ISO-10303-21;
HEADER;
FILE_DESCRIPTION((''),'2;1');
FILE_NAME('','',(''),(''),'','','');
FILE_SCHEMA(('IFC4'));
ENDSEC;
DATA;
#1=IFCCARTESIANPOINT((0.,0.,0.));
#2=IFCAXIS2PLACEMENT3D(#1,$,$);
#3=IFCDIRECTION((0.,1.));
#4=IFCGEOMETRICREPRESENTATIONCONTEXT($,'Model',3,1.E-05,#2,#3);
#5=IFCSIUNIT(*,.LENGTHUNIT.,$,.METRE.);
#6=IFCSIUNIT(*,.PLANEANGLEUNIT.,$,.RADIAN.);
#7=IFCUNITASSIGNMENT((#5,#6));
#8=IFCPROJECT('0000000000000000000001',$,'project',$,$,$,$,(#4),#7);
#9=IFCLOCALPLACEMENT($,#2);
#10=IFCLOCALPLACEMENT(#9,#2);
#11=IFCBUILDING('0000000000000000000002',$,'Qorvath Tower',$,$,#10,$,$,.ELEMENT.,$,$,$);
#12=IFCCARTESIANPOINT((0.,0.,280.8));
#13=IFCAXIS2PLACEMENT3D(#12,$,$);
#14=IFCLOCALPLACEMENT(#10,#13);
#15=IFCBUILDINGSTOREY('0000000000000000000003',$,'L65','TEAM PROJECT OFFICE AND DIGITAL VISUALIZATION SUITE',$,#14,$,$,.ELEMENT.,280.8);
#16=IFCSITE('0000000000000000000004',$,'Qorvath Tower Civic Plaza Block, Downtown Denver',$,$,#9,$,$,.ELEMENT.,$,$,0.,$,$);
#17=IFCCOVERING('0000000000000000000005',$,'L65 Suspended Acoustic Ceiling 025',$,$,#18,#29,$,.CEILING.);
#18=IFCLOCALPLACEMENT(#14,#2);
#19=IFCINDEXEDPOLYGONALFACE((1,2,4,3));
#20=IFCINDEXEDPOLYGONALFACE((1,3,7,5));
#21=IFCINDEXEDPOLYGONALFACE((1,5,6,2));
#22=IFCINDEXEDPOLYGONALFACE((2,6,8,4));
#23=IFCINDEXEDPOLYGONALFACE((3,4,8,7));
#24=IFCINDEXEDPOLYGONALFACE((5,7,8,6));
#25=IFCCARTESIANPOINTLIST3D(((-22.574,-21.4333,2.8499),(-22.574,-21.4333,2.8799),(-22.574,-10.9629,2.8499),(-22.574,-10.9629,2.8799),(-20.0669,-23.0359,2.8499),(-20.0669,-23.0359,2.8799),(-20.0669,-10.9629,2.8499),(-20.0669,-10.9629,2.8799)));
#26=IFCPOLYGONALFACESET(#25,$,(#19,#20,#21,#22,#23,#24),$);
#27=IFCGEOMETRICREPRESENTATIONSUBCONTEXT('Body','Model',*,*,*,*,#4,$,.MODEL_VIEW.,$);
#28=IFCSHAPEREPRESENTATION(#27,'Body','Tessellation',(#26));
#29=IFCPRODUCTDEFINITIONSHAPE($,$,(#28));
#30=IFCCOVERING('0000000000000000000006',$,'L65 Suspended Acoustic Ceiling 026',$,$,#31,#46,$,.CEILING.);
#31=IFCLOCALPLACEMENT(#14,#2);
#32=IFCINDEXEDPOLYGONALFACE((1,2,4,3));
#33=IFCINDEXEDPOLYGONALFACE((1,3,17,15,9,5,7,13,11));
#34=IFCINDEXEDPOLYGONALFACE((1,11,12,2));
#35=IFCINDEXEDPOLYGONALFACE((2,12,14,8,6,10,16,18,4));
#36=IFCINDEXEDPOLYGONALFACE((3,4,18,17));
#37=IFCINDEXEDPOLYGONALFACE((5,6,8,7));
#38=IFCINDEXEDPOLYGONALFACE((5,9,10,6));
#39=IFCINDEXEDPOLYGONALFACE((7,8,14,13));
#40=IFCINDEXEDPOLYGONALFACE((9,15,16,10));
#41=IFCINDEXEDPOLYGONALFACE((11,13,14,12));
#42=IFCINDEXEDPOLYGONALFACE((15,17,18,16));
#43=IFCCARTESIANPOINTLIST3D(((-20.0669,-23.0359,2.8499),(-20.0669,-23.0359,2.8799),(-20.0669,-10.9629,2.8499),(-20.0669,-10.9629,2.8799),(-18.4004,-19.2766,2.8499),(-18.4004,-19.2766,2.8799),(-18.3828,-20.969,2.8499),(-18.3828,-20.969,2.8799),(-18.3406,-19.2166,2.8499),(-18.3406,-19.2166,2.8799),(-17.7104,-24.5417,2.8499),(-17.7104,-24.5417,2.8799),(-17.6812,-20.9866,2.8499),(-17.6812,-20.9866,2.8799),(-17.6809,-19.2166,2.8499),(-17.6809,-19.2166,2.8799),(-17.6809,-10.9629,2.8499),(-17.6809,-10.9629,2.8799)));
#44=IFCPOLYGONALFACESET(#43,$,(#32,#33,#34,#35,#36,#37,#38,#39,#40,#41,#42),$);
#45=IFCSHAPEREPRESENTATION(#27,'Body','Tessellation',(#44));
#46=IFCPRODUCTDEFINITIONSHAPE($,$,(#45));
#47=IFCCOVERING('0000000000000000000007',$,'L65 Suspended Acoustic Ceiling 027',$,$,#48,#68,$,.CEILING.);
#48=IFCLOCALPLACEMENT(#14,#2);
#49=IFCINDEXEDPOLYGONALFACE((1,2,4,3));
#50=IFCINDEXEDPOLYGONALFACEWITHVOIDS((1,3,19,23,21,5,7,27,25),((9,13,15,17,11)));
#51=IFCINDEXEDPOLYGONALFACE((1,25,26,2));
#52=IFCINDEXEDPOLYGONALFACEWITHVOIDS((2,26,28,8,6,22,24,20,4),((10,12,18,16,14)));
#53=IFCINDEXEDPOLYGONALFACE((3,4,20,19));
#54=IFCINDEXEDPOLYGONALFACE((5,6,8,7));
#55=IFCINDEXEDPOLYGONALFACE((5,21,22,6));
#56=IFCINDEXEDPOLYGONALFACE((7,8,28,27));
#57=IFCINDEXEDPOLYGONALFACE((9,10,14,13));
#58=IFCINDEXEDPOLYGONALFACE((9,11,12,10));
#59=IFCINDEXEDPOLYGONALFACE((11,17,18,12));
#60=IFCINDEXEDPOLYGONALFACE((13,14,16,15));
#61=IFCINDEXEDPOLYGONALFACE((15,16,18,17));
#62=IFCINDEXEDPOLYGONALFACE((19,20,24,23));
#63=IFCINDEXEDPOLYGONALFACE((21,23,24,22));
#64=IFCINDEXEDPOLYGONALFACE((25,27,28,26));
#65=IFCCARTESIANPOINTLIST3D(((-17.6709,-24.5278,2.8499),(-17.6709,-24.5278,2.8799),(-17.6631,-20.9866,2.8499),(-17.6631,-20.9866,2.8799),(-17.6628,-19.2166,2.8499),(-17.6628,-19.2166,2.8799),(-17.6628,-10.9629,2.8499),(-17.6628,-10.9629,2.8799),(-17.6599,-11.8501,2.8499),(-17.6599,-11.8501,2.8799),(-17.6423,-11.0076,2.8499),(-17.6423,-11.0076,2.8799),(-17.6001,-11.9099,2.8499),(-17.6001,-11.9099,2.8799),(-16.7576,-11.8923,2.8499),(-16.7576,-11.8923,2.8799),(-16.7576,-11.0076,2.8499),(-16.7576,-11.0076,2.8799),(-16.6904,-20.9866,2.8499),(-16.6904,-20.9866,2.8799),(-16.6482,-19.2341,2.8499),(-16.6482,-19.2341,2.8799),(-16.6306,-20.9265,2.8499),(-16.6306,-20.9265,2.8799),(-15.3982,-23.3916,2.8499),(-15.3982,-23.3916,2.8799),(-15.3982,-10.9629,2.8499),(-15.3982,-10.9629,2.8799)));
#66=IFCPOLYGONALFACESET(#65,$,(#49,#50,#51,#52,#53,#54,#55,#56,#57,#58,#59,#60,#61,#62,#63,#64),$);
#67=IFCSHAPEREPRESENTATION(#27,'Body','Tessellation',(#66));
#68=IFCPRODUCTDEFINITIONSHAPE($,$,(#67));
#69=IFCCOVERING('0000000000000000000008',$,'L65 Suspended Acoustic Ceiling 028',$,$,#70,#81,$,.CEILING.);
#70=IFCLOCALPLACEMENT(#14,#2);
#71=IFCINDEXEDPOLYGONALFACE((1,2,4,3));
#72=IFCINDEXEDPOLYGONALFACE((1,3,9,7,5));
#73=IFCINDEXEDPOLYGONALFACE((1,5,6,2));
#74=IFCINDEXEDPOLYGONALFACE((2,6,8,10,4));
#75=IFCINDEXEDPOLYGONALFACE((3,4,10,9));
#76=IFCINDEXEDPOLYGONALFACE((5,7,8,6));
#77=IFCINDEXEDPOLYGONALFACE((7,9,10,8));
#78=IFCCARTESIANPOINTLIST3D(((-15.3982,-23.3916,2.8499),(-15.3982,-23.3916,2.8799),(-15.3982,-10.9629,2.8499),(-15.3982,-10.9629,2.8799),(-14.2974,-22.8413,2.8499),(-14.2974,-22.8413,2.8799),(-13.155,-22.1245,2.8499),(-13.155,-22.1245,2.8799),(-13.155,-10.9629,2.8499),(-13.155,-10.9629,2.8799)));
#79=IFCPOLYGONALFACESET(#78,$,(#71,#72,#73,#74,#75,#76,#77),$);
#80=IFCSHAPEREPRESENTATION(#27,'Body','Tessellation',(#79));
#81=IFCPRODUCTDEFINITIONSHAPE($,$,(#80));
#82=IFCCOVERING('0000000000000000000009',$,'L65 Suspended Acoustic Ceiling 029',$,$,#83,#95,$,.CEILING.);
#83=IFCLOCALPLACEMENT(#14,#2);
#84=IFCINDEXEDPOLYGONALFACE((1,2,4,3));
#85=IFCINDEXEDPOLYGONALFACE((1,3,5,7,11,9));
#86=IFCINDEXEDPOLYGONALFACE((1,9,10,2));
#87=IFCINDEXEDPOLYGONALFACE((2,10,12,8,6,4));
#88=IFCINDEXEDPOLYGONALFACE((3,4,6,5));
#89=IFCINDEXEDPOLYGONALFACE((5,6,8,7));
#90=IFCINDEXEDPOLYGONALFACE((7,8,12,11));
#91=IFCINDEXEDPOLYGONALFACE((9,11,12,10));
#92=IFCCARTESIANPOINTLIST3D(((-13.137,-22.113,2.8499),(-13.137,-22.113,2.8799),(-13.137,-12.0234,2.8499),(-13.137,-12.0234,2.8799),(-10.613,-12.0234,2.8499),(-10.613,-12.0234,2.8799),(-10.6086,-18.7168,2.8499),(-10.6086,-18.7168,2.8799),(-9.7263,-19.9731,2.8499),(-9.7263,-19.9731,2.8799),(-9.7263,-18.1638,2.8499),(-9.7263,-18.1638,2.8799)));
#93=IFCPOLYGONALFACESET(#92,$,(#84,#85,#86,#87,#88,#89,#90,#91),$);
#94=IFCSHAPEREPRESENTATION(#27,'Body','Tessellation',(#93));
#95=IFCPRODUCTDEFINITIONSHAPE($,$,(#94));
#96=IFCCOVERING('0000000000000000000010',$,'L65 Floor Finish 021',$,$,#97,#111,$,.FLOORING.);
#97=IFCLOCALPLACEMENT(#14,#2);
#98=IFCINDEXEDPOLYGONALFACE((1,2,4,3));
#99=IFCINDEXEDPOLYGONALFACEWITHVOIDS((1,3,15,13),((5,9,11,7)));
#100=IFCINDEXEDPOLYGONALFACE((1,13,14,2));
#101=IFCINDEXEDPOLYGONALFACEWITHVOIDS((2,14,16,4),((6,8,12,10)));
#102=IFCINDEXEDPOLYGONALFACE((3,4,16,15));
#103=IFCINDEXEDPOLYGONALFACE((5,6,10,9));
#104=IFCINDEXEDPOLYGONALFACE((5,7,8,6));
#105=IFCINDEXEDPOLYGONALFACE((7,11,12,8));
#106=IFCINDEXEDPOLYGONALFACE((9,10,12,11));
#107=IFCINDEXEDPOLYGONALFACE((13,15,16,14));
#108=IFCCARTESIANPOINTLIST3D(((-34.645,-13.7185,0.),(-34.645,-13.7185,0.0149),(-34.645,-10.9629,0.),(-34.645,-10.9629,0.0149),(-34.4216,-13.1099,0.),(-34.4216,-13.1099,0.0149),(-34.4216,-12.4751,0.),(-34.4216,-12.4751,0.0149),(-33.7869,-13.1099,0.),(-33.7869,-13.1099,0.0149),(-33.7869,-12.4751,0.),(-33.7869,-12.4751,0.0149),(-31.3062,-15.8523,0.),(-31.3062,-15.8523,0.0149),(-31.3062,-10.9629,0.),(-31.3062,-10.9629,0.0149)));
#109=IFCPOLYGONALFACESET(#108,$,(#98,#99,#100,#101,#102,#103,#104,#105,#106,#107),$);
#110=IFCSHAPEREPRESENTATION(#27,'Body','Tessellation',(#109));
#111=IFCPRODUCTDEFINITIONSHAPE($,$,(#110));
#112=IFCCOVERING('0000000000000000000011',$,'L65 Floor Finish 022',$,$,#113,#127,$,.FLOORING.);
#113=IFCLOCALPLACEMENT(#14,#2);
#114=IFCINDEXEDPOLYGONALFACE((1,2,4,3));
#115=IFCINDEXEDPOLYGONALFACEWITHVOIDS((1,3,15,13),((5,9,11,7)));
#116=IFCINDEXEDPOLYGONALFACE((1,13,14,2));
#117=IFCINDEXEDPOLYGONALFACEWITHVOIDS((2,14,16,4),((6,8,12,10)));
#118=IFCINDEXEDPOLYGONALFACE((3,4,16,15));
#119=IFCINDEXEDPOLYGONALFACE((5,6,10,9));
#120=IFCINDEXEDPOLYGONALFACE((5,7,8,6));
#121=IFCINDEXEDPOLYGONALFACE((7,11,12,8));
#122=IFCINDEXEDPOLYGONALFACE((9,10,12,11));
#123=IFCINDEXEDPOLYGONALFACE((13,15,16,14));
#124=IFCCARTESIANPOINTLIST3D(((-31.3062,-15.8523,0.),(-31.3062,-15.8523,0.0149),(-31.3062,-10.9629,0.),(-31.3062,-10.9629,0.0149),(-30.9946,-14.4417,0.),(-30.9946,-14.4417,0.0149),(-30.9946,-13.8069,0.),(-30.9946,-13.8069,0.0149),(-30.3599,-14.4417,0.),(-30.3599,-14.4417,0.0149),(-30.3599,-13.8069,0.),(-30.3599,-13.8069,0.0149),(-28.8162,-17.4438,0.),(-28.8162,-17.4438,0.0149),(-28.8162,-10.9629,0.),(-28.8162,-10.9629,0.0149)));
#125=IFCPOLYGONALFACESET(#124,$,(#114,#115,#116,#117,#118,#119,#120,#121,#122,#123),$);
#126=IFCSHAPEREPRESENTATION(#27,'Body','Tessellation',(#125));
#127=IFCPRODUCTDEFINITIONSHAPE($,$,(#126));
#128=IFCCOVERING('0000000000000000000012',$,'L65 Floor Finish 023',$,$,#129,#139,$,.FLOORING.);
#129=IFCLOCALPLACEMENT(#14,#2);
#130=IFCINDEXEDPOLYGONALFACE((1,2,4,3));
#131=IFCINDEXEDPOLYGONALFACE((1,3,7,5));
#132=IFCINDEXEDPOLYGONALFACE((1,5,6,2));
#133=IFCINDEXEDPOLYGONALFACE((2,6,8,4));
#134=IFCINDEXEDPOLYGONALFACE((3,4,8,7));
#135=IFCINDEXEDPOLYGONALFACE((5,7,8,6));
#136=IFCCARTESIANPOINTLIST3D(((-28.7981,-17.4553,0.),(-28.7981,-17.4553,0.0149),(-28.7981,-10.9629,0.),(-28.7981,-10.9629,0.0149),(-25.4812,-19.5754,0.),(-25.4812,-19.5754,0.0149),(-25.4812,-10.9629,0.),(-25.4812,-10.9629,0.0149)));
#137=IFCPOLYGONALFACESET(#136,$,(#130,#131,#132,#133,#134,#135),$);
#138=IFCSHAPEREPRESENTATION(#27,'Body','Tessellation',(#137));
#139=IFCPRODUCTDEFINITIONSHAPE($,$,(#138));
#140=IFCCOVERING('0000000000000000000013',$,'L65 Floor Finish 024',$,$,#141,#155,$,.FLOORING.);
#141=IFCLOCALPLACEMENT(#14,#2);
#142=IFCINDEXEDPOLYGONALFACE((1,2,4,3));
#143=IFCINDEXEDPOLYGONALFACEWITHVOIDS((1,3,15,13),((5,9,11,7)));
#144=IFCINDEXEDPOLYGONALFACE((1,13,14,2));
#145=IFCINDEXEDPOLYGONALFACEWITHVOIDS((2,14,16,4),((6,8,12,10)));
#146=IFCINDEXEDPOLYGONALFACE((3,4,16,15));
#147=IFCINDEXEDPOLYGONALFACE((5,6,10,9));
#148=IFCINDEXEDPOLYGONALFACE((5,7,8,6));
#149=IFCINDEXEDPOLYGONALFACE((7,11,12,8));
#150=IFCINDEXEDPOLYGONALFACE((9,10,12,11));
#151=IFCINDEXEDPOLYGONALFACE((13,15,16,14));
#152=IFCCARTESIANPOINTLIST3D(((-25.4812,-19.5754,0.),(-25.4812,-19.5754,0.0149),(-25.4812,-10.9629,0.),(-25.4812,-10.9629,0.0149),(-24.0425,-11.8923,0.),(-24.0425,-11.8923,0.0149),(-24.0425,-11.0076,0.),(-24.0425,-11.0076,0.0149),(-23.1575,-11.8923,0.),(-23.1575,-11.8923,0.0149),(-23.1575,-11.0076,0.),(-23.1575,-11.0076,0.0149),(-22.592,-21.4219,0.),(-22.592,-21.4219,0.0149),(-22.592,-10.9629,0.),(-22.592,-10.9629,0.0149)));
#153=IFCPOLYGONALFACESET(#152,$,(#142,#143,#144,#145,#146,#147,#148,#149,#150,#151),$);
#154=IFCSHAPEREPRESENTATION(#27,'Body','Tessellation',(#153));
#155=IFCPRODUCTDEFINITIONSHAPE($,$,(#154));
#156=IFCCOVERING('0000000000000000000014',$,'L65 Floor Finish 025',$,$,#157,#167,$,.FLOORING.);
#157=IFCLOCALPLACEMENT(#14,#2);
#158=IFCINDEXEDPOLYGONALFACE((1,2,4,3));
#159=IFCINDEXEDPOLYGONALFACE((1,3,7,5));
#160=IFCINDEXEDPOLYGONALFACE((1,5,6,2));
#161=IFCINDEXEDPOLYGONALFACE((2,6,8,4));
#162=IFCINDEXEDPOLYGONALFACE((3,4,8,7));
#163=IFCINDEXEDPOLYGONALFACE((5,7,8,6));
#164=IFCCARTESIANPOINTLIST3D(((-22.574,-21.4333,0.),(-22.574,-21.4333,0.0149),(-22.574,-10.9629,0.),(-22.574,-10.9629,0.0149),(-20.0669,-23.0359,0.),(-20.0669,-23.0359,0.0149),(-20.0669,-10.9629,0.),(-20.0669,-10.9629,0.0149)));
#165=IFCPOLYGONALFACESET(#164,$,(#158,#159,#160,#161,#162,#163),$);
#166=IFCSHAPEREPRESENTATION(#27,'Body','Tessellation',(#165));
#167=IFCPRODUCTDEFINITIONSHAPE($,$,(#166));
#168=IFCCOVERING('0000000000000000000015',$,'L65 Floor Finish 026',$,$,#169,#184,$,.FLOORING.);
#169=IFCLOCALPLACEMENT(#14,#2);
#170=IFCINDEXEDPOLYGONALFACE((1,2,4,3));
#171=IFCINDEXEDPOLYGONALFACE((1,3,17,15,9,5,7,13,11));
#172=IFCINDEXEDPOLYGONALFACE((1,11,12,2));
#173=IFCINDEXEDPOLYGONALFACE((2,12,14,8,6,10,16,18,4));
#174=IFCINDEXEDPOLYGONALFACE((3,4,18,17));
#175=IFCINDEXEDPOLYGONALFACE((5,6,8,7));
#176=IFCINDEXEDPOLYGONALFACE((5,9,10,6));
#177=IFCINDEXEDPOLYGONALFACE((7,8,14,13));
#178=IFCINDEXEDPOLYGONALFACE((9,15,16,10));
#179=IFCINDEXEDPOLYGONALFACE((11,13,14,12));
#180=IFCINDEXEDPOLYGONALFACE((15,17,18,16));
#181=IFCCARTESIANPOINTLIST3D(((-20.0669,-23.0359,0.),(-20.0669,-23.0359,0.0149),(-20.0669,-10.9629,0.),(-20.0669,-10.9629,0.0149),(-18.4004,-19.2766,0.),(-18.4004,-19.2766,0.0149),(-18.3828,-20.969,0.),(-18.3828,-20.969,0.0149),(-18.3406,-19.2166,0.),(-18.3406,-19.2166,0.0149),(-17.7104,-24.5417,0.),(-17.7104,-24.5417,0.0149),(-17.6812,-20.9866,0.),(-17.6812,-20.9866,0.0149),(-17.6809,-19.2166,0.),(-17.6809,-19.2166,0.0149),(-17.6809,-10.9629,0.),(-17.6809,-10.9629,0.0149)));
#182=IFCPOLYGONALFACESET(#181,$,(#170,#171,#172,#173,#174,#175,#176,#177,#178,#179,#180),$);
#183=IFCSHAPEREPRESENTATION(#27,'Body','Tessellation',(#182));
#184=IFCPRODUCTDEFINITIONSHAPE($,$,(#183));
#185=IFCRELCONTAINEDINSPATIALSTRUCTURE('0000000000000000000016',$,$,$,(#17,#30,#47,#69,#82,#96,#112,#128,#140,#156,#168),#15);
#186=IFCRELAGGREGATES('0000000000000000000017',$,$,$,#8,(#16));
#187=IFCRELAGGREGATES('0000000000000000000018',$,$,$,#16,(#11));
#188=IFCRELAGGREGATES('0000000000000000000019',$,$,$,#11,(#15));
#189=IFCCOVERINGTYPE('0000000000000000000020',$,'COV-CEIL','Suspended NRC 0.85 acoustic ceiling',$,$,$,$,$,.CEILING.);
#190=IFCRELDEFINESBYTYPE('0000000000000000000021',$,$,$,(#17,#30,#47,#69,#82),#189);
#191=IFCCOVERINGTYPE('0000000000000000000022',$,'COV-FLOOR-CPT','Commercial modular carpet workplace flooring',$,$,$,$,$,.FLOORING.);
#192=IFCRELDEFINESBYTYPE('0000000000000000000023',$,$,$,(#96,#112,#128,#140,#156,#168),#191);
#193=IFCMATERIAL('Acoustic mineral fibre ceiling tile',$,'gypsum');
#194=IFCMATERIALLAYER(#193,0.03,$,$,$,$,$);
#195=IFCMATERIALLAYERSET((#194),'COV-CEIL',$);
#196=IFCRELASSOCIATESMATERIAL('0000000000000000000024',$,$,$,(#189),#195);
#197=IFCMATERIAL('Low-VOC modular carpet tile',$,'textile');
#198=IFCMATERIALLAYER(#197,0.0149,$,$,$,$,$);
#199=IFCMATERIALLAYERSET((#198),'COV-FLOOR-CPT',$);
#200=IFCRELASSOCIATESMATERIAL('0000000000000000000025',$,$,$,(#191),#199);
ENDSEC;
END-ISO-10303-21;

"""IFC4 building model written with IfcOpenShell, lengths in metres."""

from ifc_helpers import new_model, si_unit, direction, frame, origin, place, context, subcontext, project, spatial, polyline, outline, extrude, material, layer, layer_set, type_object, element, save


model = new_model("IFC4")

# Units and contexts
model_context = context("Model", 3, precision=1e-05, world=origin(), true_north=direction((0.0, 1.0)))
body_context = subcontext(model_context, "Body", "Model", "MODEL_VIEW")
ifc_project = project(units=[si_unit("LENGTHUNIT", "METRE"), si_unit("PLANEANGLEUNIT", "RADIAN")], contexts=[model_context])

# Site, building, storey
site_placement = place(None, origin())
site = spatial("IfcSite", under=ifc_project, at=site_placement, Name="Qorvath Tower Civic Plaza Block, Downtown Denver", CompositionType="ELEMENT", RefElevation=0.0)
building_placement = place(site_placement, origin())
building = spatial("IfcBuilding", under=site, at=building_placement, Name="Qorvath Tower", CompositionType="ELEMENT")
storey_placement = place(building_placement, frame((0.0, 0.0, 280.8)))
storey = spatial("IfcBuildingStorey", under=building, at=storey_placement, Name="L65", Description="TEAM PROJECT OFFICE AND DIGITAL VISUALIZATION SUITE", CompositionType="ELEMENT", Elevation=280.8)

# Coverings
ifc_material_1 = material(Name="Acoustic mineral fibre ceiling tile", Category="gypsum")
ifc_layer_1 = layer(ifc_material_1, 0.03)
ifc_layer_set_1 = layer_set([ifc_layer_1], Name="COV-CEIL")
covering_type_1 = type_object("IfcCoveringType", Name="COV-CEIL", Description="Suspended NRC 0.85 acoustic ceiling", PredefinedType="CEILING", material=ifc_layer_set_1)
covering_1_placement = place(storey_placement, frame((0.0, 0.0, 2.8499)))
element("IfcCovering", 1, at=covering_1_placement, inside=storey, type_object=covering_type_1, Name="L65 Suspended Acoustic Ceiling 025", PredefinedType="CEILING", context=body_context, shape_type="SweptSolid", body=[
    extrude(outline(polyline([(-22.574, -21.4333), (-20.0669, -23.0359), (-20.0669, -10.9629), (-22.574, -10.9629), (-22.574, -21.4333)])), origin(), (0.0, 0.0, 1.0), 0.03),
])
covering_2_placement = place(storey_placement, frame((0.0, 0.0, 2.8499)))
element("IfcCovering", 2, at=covering_2_placement, inside=storey, type_object=covering_type_1, Name="L65 Suspended Acoustic Ceiling 026", PredefinedType="CEILING", context=body_context, shape_type="SweptSolid", body=[
    extrude(outline(polyline([(-20.0669, -10.9629), (-20.0669, -23.0359), (-17.7104, -24.5417), (-17.6812, -20.9866), (-18.3828, -20.969), (-18.4004, -19.2766), (-18.3406, -19.2166), (-17.6809, -19.2166), (-17.6809, -10.9629), (-20.0669, -10.9629)])), origin(), (0.0, 0.0, 1.0), 0.03),
])
covering_3_placement = place(storey_placement, frame((0.0, 0.0, 2.8499)))
element("IfcCovering", 3, at=covering_3_placement, inside=storey, type_object=covering_type_1, Name="L65 Suspended Acoustic Ceiling 027", PredefinedType="CEILING", context=body_context, shape_type="SweptSolid", body=[
    extrude(outline(polyline([(-17.6631, -20.9866), (-17.6709, -24.5278), (-15.3982, -23.3916), (-15.3982, -10.9629), (-17.6628, -10.9629), (-17.6628, -19.2166), (-16.6482, -19.2341), (-16.6306, -20.9265), (-16.6904, -20.9866), (-17.6631, -20.9866)]), holes=[polyline([(-17.6599, -11.8501), (-17.6423, -11.0076), (-16.7576, -11.0076), (-16.7576, -11.8923), (-17.6001, -11.9099), (-17.6599, -11.8501)])]), origin(), (0.0, 0.0, 1.0), 0.03),
])
covering_4_placement = place(storey_placement, frame((0.0, 0.0, 2.8499)))
element("IfcCovering", 4, at=covering_4_placement, inside=storey, type_object=covering_type_1, Name="L65 Suspended Acoustic Ceiling 028", PredefinedType="CEILING", context=body_context, shape_type="SweptSolid", body=[
    extrude(outline(polyline([(-15.3982, -10.9629), (-15.3982, -23.3916), (-14.2974, -22.8413), (-13.155, -22.1245), (-13.155, -10.9629), (-15.3982, -10.9629)])), origin(), (0.0, 0.0, 1.0), 0.03),
])
covering_5_placement = place(storey_placement, frame((0.0, 0.0, 2.8499)))
element("IfcCovering", 5, at=covering_5_placement, inside=storey, type_object=covering_type_1, Name="L65 Suspended Acoustic Ceiling 029", PredefinedType="CEILING", context=body_context, shape_type="SweptSolid", body=[
    extrude(outline(polyline([(-13.137, -12.0234), (-13.137, -22.113), (-9.7263, -19.9731), (-9.7263, -18.1638), (-10.6086, -18.7168), (-10.613, -12.0234), (-13.137, -12.0234)])), origin(), (0.0, 0.0, 1.0), 0.03),
])
ifc_material_2 = material(Name="Low-VOC modular carpet tile", Category="textile")
ifc_layer_2 = layer(ifc_material_2, 0.0149)
ifc_layer_set_2 = layer_set([ifc_layer_2], Name="COV-FLOOR-CPT")
covering_type_2 = type_object("IfcCoveringType", Name="COV-FLOOR-CPT", Description="Commercial modular carpet workplace flooring", PredefinedType="FLOORING", material=ifc_layer_set_2)
covering_6_placement = place(storey_placement, origin())
element("IfcCovering", 6, at=covering_6_placement, inside=storey, type_object=covering_type_2, Name="L65 Floor Finish 021", PredefinedType="FLOORING", context=body_context, shape_type="SweptSolid", body=[
    extrude(outline(polyline([(-34.645, -10.9629), (-34.645, -13.7185), (-31.3062, -15.8523), (-31.3062, -10.9629), (-34.645, -10.9629)]), holes=[polyline([(-34.4216, -13.1099), (-34.4216, -12.4751), (-33.7869, -12.4751), (-33.7869, -13.1099), (-34.4216, -13.1099)])]), origin(), (0.0, 0.0, 1.0), 0.0149),
])
covering_7_placement = place(storey_placement, origin())
element("IfcCovering", 7, at=covering_7_placement, inside=storey, type_object=covering_type_2, Name="L65 Floor Finish 022", PredefinedType="FLOORING", context=body_context, shape_type="SweptSolid", body=[
    extrude(outline(polyline([(-31.3062, -10.9629), (-31.3062, -15.8523), (-28.8162, -17.4438), (-28.8162, -10.9629), (-31.3062, -10.9629)]), holes=[polyline([(-30.9946, -14.4417), (-30.9946, -13.8069), (-30.3599, -13.8069), (-30.3599, -14.4417), (-30.9946, -14.4417)])]), origin(), (0.0, 0.0, 1.0), 0.0149),
])
covering_8_placement = place(storey_placement, origin())
element("IfcCovering", 8, at=covering_8_placement, inside=storey, type_object=covering_type_2, Name="L65 Floor Finish 023", PredefinedType="FLOORING", context=body_context, shape_type="SweptSolid", body=[
    extrude(outline(polyline([(-28.7981, -10.9629), (-28.7981, -17.4553), (-25.4812, -19.5754), (-25.4812, -10.9629), (-28.7981, -10.9629)])), origin(), (0.0, 0.0, 1.0), 0.0149),
])
covering_9_placement = place(storey_placement, origin())
element("IfcCovering", 9, at=covering_9_placement, inside=storey, type_object=covering_type_2, Name="L65 Floor Finish 024", PredefinedType="FLOORING", context=body_context, shape_type="SweptSolid", body=[
    extrude(outline(polyline([(-25.4812, -10.9629), (-25.4812, -19.5754), (-22.592, -21.4219), (-22.592, -10.9629), (-25.4812, -10.9629)]), holes=[polyline([(-24.0425, -11.8923), (-24.0425, -11.0076), (-23.1575, -11.0076), (-23.1575, -11.8923), (-24.0425, -11.8923)])]), origin(), (0.0, 0.0, 1.0), 0.0149),
])
covering_10_placement = place(storey_placement, origin())
element("IfcCovering", 10, at=covering_10_placement, inside=storey, type_object=covering_type_2, Name="L65 Floor Finish 025", PredefinedType="FLOORING", context=body_context, shape_type="SweptSolid", body=[
    extrude(outline(polyline([(-22.574, -21.4333), (-20.0669, -23.0359), (-20.0669, -10.9629), (-22.574, -10.9629), (-22.574, -21.4333)])), origin(), (0.0, 0.0, 1.0), 0.0149),
])
covering_11_placement = place(storey_placement, origin())
element("IfcCovering", 11, at=covering_11_placement, inside=storey, type_object=covering_type_2, Name="L65 Floor Finish 026", PredefinedType="FLOORING", context=body_context, shape_type="SweptSolid", body=[
    extrude(outline(polyline([(-20.0669, -10.9629), (-20.0669, -23.0359), (-17.7104, -24.5417), (-17.6812, -20.9866), (-18.3828, -20.969), (-18.4004, -19.2766), (-18.3406, -19.2166), (-17.6809, -19.2166), (-17.6809, -10.9629), (-20.0669, -10.9629)])), origin(), (0.0, 0.0, 1.0), 0.0149),
])

save(model, "model.ifc")
